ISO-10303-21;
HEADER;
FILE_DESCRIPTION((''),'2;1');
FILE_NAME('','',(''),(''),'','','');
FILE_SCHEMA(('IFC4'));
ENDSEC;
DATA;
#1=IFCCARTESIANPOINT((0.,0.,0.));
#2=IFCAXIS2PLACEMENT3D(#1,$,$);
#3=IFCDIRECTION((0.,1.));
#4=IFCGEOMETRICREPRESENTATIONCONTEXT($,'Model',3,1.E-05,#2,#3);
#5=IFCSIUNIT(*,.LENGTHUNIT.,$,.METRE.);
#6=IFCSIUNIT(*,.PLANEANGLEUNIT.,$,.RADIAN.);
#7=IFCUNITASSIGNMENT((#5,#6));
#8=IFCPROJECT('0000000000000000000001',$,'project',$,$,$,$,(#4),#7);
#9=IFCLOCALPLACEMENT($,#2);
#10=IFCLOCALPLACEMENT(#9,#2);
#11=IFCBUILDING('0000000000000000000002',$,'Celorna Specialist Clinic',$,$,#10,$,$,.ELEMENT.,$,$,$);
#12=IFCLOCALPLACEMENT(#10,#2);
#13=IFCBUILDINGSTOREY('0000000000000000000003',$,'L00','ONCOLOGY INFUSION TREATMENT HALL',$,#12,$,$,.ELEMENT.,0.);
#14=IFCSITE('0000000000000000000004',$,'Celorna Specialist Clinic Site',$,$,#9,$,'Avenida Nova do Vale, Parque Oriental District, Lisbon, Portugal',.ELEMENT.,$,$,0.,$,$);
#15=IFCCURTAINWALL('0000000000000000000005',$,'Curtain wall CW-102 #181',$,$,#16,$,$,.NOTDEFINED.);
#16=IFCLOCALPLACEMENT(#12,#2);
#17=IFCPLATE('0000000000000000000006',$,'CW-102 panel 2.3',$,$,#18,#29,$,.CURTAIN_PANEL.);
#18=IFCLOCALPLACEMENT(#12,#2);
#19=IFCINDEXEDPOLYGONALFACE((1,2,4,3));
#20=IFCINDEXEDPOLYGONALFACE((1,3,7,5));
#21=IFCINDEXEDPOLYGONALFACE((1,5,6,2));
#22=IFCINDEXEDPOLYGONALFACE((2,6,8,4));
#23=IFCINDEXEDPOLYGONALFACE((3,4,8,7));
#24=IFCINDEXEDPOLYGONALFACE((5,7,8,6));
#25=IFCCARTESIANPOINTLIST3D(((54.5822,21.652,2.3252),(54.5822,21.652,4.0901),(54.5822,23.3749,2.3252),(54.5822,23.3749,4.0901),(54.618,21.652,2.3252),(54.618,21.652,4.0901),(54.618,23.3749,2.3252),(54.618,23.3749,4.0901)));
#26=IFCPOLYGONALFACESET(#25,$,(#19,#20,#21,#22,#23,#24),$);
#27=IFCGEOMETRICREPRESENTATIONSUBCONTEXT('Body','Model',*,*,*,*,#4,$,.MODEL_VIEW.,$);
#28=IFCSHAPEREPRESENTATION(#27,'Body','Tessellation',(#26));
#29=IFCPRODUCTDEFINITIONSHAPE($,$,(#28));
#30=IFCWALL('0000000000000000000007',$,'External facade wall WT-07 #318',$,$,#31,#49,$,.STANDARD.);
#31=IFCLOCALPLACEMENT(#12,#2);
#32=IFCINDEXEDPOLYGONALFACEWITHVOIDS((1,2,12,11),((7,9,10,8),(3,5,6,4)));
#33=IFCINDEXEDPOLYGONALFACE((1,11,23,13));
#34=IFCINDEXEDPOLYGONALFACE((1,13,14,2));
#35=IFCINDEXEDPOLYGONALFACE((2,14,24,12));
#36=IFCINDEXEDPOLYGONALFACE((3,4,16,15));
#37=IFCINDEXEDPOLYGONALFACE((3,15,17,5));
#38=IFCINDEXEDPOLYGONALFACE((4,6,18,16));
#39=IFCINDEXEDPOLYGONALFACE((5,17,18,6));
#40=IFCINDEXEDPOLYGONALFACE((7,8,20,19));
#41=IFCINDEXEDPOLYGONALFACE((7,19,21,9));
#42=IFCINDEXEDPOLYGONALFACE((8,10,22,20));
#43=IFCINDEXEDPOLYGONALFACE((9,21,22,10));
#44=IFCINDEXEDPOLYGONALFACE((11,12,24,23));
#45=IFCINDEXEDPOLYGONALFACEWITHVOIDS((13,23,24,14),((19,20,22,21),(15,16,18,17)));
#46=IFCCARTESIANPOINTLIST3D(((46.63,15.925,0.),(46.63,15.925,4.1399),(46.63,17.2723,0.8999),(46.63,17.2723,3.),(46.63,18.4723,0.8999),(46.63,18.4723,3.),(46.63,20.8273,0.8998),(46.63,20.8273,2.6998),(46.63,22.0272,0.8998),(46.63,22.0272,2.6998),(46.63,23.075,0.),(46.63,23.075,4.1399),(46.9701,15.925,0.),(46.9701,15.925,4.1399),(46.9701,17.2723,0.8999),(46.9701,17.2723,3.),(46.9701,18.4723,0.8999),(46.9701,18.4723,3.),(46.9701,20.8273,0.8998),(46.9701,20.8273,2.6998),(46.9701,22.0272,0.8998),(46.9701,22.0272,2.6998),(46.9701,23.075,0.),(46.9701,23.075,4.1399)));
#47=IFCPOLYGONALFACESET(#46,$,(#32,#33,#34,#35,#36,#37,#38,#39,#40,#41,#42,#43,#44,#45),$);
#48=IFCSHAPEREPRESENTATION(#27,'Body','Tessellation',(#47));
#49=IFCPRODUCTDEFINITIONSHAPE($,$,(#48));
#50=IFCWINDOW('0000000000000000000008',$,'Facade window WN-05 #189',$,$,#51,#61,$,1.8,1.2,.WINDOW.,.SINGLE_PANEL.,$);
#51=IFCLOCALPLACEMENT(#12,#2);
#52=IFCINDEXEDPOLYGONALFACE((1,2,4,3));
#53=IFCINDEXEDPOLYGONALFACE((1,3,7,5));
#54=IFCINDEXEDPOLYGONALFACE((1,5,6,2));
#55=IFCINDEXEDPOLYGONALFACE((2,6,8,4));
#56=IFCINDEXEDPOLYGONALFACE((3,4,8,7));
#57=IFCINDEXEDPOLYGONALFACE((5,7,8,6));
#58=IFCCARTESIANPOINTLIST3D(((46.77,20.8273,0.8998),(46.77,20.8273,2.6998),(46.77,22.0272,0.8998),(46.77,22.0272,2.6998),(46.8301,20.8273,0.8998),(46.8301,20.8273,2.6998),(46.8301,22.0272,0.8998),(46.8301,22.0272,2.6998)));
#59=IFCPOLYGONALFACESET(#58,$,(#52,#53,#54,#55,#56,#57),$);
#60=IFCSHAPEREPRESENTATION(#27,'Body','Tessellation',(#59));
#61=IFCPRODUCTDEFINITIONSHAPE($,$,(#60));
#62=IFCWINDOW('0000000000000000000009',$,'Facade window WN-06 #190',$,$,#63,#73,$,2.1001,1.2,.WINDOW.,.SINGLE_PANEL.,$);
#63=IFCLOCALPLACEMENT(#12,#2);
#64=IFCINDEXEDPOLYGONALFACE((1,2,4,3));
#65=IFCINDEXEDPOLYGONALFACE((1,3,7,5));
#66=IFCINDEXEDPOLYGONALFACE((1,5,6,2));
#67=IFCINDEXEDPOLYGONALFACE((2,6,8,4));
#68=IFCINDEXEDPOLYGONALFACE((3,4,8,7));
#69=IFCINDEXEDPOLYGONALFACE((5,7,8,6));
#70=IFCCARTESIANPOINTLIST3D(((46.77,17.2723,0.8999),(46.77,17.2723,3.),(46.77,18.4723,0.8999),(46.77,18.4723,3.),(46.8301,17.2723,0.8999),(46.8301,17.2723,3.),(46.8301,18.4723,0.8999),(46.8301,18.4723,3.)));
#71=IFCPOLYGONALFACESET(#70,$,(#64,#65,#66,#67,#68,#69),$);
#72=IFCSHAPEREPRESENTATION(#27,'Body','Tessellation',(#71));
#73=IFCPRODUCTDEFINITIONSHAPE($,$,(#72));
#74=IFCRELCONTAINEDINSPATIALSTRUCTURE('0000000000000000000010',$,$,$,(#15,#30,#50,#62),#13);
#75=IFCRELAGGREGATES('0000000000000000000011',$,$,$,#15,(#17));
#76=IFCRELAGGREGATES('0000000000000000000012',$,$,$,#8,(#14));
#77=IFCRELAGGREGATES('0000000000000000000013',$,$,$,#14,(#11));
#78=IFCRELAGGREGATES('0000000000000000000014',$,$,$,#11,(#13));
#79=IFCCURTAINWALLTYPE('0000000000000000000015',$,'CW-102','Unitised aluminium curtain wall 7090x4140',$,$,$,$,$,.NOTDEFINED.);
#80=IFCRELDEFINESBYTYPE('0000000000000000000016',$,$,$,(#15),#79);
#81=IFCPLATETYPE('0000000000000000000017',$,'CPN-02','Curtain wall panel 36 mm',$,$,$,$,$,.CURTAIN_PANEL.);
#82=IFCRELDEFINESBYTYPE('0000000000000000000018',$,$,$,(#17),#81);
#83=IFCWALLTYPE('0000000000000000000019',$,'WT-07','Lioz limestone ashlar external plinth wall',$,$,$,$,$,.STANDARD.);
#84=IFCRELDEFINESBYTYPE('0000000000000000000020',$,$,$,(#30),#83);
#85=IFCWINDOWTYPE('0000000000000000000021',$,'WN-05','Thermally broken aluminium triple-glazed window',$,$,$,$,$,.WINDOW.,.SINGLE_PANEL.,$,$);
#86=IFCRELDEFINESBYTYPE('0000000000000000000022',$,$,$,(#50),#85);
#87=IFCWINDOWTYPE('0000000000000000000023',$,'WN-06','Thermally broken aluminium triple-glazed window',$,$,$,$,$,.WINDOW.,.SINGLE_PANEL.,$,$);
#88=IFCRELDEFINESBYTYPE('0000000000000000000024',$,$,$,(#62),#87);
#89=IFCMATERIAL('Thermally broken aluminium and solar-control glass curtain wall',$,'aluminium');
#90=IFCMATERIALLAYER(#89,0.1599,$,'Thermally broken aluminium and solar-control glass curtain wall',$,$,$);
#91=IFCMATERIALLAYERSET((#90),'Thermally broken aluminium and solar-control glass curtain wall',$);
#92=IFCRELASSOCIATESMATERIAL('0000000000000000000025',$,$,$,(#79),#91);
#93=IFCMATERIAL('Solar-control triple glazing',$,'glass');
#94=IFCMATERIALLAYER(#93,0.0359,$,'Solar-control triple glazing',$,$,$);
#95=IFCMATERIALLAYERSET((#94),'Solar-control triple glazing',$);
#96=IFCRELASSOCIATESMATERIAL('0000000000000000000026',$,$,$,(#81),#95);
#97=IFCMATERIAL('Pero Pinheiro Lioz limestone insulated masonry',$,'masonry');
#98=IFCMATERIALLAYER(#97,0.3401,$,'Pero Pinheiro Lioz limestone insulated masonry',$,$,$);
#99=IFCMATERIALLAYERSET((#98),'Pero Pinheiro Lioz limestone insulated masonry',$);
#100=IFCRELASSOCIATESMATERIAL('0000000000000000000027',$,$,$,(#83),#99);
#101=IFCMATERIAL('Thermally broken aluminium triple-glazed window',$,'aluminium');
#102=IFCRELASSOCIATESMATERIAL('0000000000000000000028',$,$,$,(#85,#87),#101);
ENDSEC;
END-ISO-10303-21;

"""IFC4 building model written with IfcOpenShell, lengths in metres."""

from ifc_helpers import new_model, si_unit, direction, frame, frame_2d, origin, origin_2d, place, context, subcontext, project, spatial, rectangle, extrude, material, layer, layer_set, type_object, element, fill, aggregate, save


model = new_model("IFC4")

# Units and contexts
model_context = context("Model", 3, precision=1e-05, world=origin(), true_north=direction((0.0, 1.0)))
body_context = subcontext(model_context, "Body", "Model", "MODEL_VIEW")
ifc_project = project(units=[si_unit("LENGTHUNIT", "METRE"), si_unit("PLANEANGLEUNIT", "RADIAN")], contexts=[model_context])

# Site, building, storey
site_placement = place(None, origin())
site = spatial("IfcSite", under=ifc_project, at=site_placement, Name="Celorna Specialist Clinic Site", LongName="Avenida Nova do Vale, Parque Oriental District, Lisbon, Portugal", CompositionType="ELEMENT", RefElevation=0.0)
building_placement = place(site_placement, origin())
building = spatial("IfcBuilding", under=site, at=building_placement, Name="Celorna Specialist Clinic", CompositionType="ELEMENT")
storey_placement = place(building_placement, origin())
storey = spatial("IfcBuildingStorey", under=building, at=storey_placement, Name="L00", Description="ONCOLOGY INFUSION TREATMENT HALL", CompositionType="ELEMENT", Elevation=0.0)

# Curtain wall, plate
ifc_material_1 = material(Name="Thermally broken aluminium and solar-control glass curtain wall", Category="aluminium")
ifc_layer_1 = layer(ifc_material_1, 0.1599, Name="Thermally broken aluminium and solar-control glass curtain wall")
ifc_layer_set_1 = layer_set([ifc_layer_1], Name="Thermally broken aluminium and solar-control glass curtain wall")
curtain_wall_type = type_object("IfcCurtainWallType", Name="CW-102", Description="Unitised aluminium curtain wall 7090x4140", PredefinedType="NOTDEFINED", material=ifc_layer_set_1)
curtain_wall_placement = place(storey_placement, origin())
curtain_wall = element("IfcCurtainWall", 1, at=curtain_wall_placement, inside=storey, type_object=curtain_wall_type, Name="Curtain wall CW-102 #181", PredefinedType="NOTDEFINED")
ifc_material_2 = material(Name="Solar-control triple glazing", Category="glass")
ifc_layer_2 = layer(ifc_material_2, 0.0359, Name="Solar-control triple glazing")
ifc_layer_set_2 = layer_set([ifc_layer_2], Name="Solar-control triple glazing")
plate_type = type_object("IfcPlateType", Name="CPN-02", Description="Curtain wall panel 36 mm", PredefinedType="CURTAIN_PANEL", material=ifc_layer_set_2)
plate_1_placement = place(storey_placement, frame((54.6001, 22.5134, 2.3252), z_axis=(0.0, 0.0, 1.0), x_axis=(0.0, 1.0, 0.0)))
plate_1 = element("IfcPlate", 2, at=plate_1_placement, type_object=plate_type, Name="CW-102 panel 2.3", PredefinedType="CURTAIN_PANEL", context=body_context, shape_type="SweptSolid", body=[
    extrude(rectangle(XDim=1.7229, YDim=0.0359, at=origin_2d()), origin(), (0.0, 0.0, 1.0), 1.7649),
])
aggregate(curtain_wall, [plate_1])

# Wall, openings, windows
ifc_material_3 = material(Name="Pero Pinheiro Lioz limestone insulated masonry", Category="masonry")
ifc_layer_3 = layer(ifc_material_3, 0.3401, Name="Pero Pinheiro Lioz limestone insulated masonry")
ifc_layer_set_3 = layer_set([ifc_layer_3], Name="Pero Pinheiro Lioz limestone insulated masonry")
wall_type = type_object("IfcWallType", Name="WT-07", Description="Lioz limestone ashlar external plinth wall", PredefinedType="STANDARD", material=ifc_layer_set_3)
wall_placement = place(storey_placement, frame((46.8, 23.075, 0.0), z_axis=(0.0, 0.0, 1.0), x_axis=(0.0, -1.0, 0.0)))
wall = element("IfcWall", 3, at=wall_placement, inside=storey, type_object=wall_type, Name="External facade wall WT-07 #318", PredefinedType="STANDARD", context=body_context, shape_type="SweptSolid", body=[
    extrude(rectangle(XDim=7.1499, YDim=0.3401, at=frame_2d((3.575, 0.0))), origin(), (0.0, 0.0, 1.0), 4.1399),
])
opening_1_placement = place(wall_placement, frame((1.0476, 0.0, 0.8999)))
opening_1 = element("IfcOpeningElement", 4, at=opening_1_placement, cuts=wall, PredefinedType="OPENING", context=body_context, shape_type="SweptSolid", body=[
    extrude(rectangle(XDim=1.2, YDim=1.8, at=frame_2d((0.6001, 0.8999))), frame((0.0, 0.1799, 0.0), z_axis=(0.0, -1.0, 0.0), x_axis=(1.0, 0.0, 0.0)), (0.0, 0.0, 1.0), 0.3601),
])
opening_2_placement = place(wall_placement, frame((4.6025, 0.0, 0.8999)))
opening_2 = element("IfcOpeningElement", 5, at=opening_2_placement, cuts=wall, PredefinedType="OPENING", context=body_context, shape_type="SweptSolid", body=[
    extrude(rectangle(XDim=1.2, YDim=2.1001, at=frame_2d((0.6001, 1.05))), frame((0.0, 0.1799, 0.0), z_axis=(0.0, -1.0, 0.0), x_axis=(1.0, 0.0, 0.0)), (0.0, 0.0, 1.0), 0.3601),
])
ifc_material_4 = material(Name="Thermally broken aluminium triple-glazed window", Category="aluminium")
window_type_1 = type_object("IfcWindowType", Name="WN-05", Description="Thermally broken aluminium triple-glazed window", PartitioningType="SINGLE_PANEL", PredefinedType="WINDOW", material=ifc_material_4)
window_1_placement = place(opening_1_placement, origin())
window_1 = element("IfcWindow", 6, at=window_1_placement, inside=storey, type_object=window_type_1, Name="Facade window WN-05 #189", OverallHeight=1.8, OverallWidth=1.2, PartitioningType="SINGLE_PANEL", PredefinedType="WINDOW", context=body_context, shape_type="SweptSolid", body=[
    extrude(rectangle(XDim=1.2, YDim=1.8, at=frame_2d((0.6001, 0.8999))), frame((0.0, 0.03, 0.0), z_axis=(0.0, -1.0, 0.0), x_axis=(1.0, 0.0, 0.0)), (0.0, 0.0, 1.0), 0.0601),
])
fill(opening_1, window_1)
window_type_2 = type_object("IfcWindowType", Name="WN-06", Description="Thermally broken aluminium triple-glazed window", PartitioningType="SINGLE_PANEL", PredefinedType="WINDOW", material=ifc_material_4)
window_2_placement = place(opening_2_placement, origin())
window_2 = element("IfcWindow", 7, at=window_2_placement, inside=storey, type_object=window_type_2, Name="Facade window WN-06 #190", OverallHeight=2.1001, OverallWidth=1.2, PartitioningType="SINGLE_PANEL", PredefinedType="WINDOW", context=body_context, shape_type="SweptSolid", body=[
    extrude(rectangle(XDim=1.2, YDim=2.1001, at=frame_2d((0.6001, 1.05))), frame((0.0, 0.03, 0.0), z_axis=(0.0, -1.0, 0.0), x_axis=(1.0, 0.0, 0.0)), (0.0, 0.0, 1.0), 0.0601),
])
fill(opening_2, window_2)

save(model, "model.ifc")
